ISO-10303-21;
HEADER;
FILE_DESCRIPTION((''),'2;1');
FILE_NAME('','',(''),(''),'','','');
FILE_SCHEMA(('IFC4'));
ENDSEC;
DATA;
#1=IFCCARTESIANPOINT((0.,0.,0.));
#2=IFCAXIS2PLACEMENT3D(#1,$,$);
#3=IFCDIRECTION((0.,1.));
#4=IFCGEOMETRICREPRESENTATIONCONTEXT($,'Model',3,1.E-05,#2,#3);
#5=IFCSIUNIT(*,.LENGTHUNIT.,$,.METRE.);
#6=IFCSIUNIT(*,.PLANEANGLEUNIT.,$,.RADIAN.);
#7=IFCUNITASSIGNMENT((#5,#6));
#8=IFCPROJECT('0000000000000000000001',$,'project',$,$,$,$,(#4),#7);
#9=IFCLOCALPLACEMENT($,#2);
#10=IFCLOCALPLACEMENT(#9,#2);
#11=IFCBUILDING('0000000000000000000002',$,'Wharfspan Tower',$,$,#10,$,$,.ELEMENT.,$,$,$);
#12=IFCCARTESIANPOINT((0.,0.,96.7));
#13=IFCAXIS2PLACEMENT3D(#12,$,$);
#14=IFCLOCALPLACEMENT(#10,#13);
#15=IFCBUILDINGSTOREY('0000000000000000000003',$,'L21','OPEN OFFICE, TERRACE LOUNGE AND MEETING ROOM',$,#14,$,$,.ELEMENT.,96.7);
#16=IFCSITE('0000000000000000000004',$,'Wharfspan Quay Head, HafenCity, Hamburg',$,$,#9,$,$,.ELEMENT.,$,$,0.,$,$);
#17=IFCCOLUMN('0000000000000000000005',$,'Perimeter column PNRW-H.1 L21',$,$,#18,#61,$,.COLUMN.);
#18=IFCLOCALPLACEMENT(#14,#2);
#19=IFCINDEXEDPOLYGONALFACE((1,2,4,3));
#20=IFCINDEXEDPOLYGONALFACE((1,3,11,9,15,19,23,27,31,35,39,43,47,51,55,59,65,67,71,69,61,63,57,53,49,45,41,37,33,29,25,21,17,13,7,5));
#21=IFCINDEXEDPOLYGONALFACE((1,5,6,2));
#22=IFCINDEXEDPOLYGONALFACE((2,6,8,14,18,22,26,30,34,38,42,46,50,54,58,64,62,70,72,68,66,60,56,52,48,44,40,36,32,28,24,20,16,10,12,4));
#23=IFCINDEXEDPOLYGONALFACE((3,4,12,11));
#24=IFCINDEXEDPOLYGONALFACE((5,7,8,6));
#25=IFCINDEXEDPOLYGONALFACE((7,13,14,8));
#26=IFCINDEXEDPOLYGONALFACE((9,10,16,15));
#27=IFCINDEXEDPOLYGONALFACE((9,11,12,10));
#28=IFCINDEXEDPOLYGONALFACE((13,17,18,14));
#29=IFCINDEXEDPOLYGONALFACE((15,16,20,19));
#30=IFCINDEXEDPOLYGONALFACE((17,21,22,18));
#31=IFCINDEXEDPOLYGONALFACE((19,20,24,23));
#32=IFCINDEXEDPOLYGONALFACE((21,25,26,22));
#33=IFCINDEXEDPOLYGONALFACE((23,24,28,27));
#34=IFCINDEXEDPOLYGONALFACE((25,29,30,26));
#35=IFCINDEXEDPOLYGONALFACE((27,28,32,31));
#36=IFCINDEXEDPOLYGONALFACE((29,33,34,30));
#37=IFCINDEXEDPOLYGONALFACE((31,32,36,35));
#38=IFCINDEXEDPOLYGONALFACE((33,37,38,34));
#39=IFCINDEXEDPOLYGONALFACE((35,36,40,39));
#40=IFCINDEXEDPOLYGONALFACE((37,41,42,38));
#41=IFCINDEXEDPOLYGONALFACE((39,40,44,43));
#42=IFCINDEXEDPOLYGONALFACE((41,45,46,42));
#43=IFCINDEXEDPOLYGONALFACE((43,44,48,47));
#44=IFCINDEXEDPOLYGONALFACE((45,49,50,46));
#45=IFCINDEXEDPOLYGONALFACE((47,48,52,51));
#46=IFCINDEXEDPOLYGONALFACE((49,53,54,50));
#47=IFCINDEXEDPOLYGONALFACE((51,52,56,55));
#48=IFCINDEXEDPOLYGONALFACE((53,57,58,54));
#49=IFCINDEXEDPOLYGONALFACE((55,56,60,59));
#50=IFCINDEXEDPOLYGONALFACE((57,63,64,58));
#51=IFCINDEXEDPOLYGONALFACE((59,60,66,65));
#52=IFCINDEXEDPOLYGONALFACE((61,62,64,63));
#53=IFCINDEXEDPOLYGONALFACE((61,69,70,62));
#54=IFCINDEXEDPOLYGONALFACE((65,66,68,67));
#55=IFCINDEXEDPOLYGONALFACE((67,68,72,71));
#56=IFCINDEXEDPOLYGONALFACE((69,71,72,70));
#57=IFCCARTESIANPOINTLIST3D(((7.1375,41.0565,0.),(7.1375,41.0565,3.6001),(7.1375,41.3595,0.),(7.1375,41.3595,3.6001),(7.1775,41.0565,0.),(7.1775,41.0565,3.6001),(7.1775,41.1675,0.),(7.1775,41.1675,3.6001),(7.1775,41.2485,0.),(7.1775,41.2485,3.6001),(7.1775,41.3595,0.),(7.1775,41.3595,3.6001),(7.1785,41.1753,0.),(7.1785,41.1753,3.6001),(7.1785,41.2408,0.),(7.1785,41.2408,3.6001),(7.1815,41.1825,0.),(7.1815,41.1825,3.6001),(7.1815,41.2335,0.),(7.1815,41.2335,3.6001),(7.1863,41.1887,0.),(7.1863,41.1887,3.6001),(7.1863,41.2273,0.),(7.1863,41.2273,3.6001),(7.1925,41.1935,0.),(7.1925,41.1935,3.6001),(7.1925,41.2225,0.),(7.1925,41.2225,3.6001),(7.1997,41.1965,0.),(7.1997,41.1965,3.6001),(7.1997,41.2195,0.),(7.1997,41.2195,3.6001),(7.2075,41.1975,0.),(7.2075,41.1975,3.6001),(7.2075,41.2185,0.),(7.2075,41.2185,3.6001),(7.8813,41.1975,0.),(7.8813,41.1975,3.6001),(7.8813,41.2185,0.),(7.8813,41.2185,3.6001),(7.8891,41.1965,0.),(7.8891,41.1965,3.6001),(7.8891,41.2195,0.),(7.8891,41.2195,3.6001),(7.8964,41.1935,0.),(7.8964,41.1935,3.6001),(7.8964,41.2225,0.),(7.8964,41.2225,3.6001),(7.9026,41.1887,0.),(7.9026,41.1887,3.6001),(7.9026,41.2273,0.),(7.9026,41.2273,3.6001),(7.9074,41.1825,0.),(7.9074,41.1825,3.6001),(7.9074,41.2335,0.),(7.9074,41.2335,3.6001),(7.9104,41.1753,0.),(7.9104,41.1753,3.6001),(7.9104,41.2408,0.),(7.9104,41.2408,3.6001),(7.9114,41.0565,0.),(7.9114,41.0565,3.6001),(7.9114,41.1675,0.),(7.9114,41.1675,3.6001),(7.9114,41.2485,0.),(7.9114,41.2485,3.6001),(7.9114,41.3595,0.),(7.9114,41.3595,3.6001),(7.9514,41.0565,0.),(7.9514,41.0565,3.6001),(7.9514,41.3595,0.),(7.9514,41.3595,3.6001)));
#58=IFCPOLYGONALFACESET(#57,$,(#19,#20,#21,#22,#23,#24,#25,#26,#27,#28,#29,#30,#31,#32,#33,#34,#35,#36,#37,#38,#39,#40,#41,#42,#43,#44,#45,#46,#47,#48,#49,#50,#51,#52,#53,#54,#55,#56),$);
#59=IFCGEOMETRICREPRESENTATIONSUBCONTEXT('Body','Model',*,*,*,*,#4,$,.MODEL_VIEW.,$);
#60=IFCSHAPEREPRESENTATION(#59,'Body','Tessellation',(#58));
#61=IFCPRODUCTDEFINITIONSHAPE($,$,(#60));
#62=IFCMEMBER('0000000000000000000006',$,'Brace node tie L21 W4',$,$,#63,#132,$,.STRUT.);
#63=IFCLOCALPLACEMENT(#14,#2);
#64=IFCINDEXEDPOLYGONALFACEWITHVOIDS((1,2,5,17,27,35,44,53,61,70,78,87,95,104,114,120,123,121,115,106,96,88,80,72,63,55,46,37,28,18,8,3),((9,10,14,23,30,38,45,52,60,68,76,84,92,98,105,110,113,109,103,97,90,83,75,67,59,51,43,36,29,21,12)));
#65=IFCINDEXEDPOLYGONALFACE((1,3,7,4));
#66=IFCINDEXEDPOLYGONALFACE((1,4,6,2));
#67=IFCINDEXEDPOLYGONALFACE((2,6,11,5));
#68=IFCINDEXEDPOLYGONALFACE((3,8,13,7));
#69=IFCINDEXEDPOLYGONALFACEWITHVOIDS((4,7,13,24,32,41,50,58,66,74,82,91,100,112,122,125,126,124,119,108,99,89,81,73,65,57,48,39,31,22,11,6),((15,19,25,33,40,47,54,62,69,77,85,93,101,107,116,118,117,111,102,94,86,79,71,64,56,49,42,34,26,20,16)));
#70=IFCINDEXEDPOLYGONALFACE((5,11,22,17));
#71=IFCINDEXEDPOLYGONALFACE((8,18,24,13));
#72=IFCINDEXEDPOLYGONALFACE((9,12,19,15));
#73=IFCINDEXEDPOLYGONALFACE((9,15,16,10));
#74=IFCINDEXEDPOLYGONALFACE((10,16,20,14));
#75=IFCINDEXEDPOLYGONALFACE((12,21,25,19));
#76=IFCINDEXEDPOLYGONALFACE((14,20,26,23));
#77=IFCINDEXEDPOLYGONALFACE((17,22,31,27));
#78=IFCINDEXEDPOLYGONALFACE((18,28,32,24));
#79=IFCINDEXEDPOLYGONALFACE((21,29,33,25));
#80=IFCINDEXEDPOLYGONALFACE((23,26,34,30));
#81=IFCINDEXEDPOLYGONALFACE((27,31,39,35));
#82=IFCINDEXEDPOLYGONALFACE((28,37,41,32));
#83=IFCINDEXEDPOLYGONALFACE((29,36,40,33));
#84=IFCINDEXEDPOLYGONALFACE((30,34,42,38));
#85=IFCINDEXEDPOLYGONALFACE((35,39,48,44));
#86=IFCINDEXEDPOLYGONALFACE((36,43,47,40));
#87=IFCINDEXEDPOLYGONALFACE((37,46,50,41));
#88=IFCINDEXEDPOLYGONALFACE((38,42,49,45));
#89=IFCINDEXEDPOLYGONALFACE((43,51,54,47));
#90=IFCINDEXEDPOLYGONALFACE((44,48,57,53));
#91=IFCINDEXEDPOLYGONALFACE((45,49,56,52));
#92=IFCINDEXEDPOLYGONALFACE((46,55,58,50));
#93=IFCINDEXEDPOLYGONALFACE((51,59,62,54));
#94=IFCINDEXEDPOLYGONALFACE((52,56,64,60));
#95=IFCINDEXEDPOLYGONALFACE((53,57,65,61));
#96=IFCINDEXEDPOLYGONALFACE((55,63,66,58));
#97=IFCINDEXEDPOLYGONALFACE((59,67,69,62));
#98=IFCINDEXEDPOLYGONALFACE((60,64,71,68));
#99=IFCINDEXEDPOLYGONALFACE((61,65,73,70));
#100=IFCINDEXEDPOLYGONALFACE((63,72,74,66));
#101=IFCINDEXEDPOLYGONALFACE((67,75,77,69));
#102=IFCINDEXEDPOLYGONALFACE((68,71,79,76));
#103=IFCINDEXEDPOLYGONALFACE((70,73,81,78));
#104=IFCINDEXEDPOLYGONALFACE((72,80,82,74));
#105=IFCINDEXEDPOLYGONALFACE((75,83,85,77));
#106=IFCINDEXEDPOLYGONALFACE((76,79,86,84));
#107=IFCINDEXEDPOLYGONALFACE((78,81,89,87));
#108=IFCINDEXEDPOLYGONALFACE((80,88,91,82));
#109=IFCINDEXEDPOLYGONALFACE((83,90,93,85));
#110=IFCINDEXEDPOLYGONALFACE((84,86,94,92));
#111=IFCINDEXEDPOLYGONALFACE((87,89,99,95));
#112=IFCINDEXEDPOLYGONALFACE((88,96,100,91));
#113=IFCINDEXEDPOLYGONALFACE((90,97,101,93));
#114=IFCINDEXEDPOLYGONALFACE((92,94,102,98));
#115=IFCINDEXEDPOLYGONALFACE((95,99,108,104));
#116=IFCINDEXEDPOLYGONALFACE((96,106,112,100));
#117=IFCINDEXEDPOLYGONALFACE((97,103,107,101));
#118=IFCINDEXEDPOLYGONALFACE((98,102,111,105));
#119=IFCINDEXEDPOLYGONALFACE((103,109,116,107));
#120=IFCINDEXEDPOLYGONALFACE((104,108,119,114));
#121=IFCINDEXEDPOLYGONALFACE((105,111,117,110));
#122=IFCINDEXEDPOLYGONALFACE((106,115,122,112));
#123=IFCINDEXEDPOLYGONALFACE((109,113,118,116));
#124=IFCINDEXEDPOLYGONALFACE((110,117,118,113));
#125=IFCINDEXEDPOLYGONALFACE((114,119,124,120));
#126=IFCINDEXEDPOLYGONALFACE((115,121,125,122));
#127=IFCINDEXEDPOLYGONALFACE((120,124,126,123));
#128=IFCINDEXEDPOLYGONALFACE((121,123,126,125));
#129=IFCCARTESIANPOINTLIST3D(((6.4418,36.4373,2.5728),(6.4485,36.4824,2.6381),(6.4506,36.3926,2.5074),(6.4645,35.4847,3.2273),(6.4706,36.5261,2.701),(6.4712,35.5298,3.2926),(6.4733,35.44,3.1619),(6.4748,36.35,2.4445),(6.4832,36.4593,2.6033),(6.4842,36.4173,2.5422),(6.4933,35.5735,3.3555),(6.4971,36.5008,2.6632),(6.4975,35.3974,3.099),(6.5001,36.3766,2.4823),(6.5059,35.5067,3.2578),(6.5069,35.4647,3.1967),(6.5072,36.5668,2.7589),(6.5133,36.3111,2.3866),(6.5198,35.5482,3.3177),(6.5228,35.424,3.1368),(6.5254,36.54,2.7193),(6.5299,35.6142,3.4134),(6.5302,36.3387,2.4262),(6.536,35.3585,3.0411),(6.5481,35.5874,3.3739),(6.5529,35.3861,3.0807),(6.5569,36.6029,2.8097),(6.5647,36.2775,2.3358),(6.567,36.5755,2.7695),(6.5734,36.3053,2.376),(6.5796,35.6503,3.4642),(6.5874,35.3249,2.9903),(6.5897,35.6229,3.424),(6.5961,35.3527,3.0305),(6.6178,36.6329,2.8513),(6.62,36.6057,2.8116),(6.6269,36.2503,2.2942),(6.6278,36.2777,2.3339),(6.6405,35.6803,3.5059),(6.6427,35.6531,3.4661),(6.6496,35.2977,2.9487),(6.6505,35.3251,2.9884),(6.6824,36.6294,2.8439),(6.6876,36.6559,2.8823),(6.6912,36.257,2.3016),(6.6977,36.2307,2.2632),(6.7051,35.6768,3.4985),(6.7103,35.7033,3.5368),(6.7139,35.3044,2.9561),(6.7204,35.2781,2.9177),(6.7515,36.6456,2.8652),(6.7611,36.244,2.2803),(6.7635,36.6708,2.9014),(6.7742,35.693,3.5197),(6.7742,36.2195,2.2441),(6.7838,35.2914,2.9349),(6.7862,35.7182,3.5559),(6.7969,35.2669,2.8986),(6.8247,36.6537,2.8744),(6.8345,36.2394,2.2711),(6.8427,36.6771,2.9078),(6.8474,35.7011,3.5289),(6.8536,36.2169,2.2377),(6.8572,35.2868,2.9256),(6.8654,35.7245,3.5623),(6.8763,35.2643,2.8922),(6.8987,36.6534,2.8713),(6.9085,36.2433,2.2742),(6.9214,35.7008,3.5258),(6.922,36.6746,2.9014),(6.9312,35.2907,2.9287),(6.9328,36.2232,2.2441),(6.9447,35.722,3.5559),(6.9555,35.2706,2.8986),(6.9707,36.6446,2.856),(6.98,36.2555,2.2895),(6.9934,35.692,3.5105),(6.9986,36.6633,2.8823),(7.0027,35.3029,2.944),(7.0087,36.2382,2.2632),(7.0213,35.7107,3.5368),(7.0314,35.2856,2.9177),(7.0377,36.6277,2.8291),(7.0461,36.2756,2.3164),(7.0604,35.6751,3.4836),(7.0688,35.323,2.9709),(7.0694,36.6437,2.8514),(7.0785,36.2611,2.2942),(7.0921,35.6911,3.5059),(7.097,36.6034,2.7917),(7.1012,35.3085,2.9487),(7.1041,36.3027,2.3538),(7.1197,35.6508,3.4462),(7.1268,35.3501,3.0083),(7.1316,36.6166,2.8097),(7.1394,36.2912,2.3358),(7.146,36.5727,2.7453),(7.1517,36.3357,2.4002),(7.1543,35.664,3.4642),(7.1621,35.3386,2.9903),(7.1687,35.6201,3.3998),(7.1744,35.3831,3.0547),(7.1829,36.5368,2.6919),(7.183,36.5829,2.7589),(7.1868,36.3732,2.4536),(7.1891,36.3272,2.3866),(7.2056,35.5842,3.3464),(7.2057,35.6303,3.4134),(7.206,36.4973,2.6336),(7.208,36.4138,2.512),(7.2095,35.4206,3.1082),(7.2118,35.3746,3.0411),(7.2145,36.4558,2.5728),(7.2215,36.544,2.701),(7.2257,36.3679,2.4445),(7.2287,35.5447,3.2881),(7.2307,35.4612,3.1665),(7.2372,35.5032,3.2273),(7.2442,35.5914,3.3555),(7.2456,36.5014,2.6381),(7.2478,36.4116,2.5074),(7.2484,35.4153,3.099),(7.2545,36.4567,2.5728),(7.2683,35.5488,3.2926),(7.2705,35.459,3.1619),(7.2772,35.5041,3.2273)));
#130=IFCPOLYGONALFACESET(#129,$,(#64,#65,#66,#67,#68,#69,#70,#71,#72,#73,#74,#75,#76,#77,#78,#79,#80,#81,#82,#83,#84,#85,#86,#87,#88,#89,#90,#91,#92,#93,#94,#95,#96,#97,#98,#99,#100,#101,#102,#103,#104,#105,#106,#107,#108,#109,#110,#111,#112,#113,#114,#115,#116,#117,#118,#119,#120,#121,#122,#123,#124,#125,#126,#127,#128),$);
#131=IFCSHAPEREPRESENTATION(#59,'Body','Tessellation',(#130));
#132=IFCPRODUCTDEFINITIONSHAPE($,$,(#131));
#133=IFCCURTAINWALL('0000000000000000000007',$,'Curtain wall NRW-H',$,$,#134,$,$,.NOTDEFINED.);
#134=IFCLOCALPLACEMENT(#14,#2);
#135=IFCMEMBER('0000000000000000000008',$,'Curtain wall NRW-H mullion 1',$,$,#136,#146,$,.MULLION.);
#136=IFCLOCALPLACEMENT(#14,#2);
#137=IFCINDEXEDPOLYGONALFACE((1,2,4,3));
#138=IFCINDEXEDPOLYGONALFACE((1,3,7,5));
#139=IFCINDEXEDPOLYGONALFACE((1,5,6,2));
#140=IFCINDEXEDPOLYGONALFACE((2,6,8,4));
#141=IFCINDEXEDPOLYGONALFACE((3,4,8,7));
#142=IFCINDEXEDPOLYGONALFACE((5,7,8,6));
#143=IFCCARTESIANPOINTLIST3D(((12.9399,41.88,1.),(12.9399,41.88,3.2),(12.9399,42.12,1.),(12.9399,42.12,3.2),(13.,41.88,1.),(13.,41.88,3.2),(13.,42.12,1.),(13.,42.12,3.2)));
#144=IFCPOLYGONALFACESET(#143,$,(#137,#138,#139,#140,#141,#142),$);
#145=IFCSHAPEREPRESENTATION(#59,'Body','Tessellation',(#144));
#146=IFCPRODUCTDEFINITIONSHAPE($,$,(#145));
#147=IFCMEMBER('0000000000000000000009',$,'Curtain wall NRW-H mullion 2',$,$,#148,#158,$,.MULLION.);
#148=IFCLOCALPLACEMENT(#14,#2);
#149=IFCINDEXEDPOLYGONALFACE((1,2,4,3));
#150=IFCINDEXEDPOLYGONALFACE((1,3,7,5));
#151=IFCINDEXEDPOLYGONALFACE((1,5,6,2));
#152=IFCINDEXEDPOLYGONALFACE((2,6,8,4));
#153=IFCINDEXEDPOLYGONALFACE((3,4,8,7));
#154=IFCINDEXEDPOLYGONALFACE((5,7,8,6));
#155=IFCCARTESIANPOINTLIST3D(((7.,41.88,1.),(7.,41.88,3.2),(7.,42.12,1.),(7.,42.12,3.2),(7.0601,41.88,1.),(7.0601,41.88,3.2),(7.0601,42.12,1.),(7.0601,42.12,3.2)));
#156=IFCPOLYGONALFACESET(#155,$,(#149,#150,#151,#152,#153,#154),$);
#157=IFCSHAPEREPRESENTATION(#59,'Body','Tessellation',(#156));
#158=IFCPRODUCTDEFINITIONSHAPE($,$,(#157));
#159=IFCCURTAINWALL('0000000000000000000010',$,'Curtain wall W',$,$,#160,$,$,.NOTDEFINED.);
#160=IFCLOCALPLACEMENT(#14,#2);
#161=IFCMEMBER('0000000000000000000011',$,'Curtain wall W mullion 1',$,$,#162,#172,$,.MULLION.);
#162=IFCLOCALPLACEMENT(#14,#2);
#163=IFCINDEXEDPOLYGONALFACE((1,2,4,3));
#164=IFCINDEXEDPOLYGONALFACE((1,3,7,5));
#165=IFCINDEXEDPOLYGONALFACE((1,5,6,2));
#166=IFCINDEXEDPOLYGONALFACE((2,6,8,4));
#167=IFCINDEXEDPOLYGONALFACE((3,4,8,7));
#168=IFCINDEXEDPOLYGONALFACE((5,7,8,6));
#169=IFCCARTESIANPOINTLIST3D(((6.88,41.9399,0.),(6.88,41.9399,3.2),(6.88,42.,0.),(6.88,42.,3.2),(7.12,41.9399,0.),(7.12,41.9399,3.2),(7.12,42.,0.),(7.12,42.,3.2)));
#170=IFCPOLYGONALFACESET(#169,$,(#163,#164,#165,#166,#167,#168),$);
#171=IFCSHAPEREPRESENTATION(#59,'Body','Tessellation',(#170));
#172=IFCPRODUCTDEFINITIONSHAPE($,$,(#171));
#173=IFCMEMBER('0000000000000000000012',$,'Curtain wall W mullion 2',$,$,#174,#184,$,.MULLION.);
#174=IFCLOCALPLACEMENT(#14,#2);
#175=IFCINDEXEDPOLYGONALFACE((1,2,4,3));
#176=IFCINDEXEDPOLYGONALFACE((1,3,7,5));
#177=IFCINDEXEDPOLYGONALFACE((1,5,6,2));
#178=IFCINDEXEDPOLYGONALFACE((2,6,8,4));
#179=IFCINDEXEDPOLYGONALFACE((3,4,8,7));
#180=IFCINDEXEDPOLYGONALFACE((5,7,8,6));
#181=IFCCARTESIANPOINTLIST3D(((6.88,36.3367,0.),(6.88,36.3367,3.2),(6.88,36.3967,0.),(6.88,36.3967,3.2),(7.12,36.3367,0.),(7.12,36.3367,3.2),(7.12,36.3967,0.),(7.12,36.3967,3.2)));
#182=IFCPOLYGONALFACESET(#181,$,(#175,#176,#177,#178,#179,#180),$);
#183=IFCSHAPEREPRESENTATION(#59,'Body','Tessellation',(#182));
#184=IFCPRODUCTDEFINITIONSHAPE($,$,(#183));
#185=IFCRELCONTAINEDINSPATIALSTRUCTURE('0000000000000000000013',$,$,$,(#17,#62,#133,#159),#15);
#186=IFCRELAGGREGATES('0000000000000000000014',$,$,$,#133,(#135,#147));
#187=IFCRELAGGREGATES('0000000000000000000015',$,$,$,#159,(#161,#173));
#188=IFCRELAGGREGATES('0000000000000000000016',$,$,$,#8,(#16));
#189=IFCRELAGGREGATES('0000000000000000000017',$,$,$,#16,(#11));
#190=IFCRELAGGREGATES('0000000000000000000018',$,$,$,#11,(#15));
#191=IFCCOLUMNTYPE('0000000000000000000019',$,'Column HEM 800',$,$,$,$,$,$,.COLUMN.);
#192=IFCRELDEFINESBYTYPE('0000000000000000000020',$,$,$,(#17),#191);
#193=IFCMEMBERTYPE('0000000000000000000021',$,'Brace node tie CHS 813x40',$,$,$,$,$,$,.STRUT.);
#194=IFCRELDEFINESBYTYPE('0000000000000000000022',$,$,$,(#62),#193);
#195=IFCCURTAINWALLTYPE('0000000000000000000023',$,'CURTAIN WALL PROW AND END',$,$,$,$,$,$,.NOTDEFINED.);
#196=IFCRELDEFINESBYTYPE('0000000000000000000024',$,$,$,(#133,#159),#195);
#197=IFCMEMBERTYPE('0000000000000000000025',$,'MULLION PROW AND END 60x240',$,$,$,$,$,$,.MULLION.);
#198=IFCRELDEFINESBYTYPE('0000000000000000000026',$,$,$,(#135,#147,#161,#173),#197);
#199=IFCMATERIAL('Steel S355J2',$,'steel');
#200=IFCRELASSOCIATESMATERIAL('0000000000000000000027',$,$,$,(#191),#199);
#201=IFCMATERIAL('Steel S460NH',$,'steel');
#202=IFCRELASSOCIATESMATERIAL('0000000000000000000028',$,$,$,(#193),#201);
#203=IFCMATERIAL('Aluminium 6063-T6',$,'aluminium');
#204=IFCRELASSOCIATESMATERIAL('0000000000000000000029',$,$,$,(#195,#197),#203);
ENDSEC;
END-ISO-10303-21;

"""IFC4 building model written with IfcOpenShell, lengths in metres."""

from ifc_helpers import new_model, si_unit, direction, frame, origin, origin_2d, place, context, subcontext, project, spatial, rectangle, hollow_circle, i_section, extrude, material, material_profile, profile_set, type_object, element, aggregate, save


model = new_model("IFC4")

# Units and contexts
model_context = context("Model", 3, precision=1e-05, world=origin(), true_north=direction((0.0, 1.0)))
body_context = subcontext(model_context, "Body", "Model", "MODEL_VIEW")
ifc_project = project(units=[si_unit("LENGTHUNIT", "METRE"), si_unit("PLANEANGLEUNIT", "RADIAN")], contexts=[model_context])

# Site, building, storey
site_placement = place(None, origin())
site = spatial("IfcSite", under=ifc_project, at=site_placement, Name="Wharfspan Quay Head, HafenCity, Hamburg", CompositionType="ELEMENT", RefElevation=0.0)
building_placement = place(site_placement, origin())
building = spatial("IfcBuilding", under=site, at=building_placement, Name="Wharfspan Tower", CompositionType="ELEMENT")
storey_placement = place(building_placement, frame((0.0, 0.0, 96.7)))
storey = spatial("IfcBuildingStorey", under=building, at=storey_placement, Name="L21", Description="OPEN OFFICE, TERRACE LOUNGE AND MEETING ROOM", CompositionType="ELEMENT", Elevation=96.7)

# Column
ifc_material_1 = material(Name="Steel S355J2", Category="steel")
ifc_material_profile_1 = material_profile(ifc_material_1, i_section(OverallWidth=0.303, OverallDepth=0.814, WebThickness=0.021, FlangeThickness=0.04, FilletRadius=0.03, at=origin_2d()))
ifc_profile_set_1 = profile_set([ifc_material_profile_1], Name="Steel S355J2")
column_type = type_object("IfcColumnType", Name="Column HEM 800", PredefinedType="COLUMN", material=ifc_profile_set_1)
column_placement = place(storey_placement, frame((7.5444, 41.208, 0.0), z_axis=(0.0, 0.0, 1.0), x_axis=(0.0, 1.0, 0.0)))
element("IfcColumn", 1, at=column_placement, inside=storey, type_object=column_type, Name="Perimeter column PNRW-H.1 L21", PredefinedType="COLUMN", context=body_context, shape_type="SweptSolid", body=[
    extrude(i_section(OverallWidth=0.303, OverallDepth=0.814, WebThickness=0.021, FlangeThickness=0.04, FilletRadius=0.03, at=origin_2d()), origin(), (0.0, 0.0, 1.0), 3.6001),
])

# Member
ifc_material_2 = material(Name="Steel S460NH", Category="steel")
ifc_material_profile_2 = material_profile(ifc_material_2, hollow_circle(Radius=0.4065, WallThickness=0.04, at=origin_2d()))
ifc_profile_set_2 = profile_set([ifc_material_profile_2], Name="Steel S460NH")
member_type_1 = type_object("IfcMemberType", Name="Brace node tie CHS 813x40", PredefinedType="STRUT", material=ifc_profile_set_2)
member_1_placement = place(storey_placement, frame((6.8481, 36.447, 2.5728), z_axis=(0.01964, -0.824043, 0.566186), x_axis=(0.999716, 0.023829, 0.000003)))
element("IfcMember", 2, at=member_1_placement, inside=storey, type_object=member_type_1, Name="Brace node tie L21 W4", PredefinedType="STRUT", context=body_context, shape_type="SweptSolid", body=[
    extrude(hollow_circle(Radius=0.4065, WallThickness=0.04, at=origin_2d()), origin(), (0.0, 0.0, 1.0), 1.156),
])

# Curtain walls, members
ifc_material_3 = material(Name="Aluminium 6063-T6", Category="aluminium")
curtain_wall_type = type_object("IfcCurtainWallType", Name="CURTAIN WALL PROW AND END", PredefinedType="NOTDEFINED", material=ifc_material_3)
curtain_wall_1_placement = place(storey_placement, origin())
curtain_wall_1 = element("IfcCurtainWall", 3, at=curtain_wall_1_placement, inside=storey, type_object=curtain_wall_type, Name="Curtain wall NRW-H", PredefinedType="NOTDEFINED")
ifc_material_profile_3 = material_profile(ifc_material_3, rectangle(XDim=0.24, YDim=0.0601, at=origin_2d()))
ifc_profile_set_3 = profile_set([ifc_material_profile_3], Name="Aluminium 6063-T6")
member_type_2 = type_object("IfcMemberType", Name="MULLION PROW AND END 60x240", PredefinedType="MULLION", material=ifc_profile_set_3)
member_2_placement = place(storey_placement, frame((12.97, 42.0, 1.0), z_axis=(0.0, 0.0, 1.0), x_axis=(0.0, -1.0, 0.0)))
member_2 = element("IfcMember", 4, at=member_2_placement, type_object=member_type_2, Name="Curtain wall NRW-H mullion 1", PredefinedType="MULLION", context=body_context, shape_type="SweptSolid", body=[
    extrude(rectangle(XDim=0.24, YDim=0.0601, at=origin_2d()), origin(), (0.0, 0.0, 1.0), 2.2),
])
member_3_placement = place(storey_placement, frame((7.03, 42.0, 1.0), z_axis=(0.0, 0.0, 1.0), x_axis=(0.0, -1.0, 0.0)))
member_3 = element("IfcMember", 5, at=member_3_placement, type_object=member_type_2, Name="Curtain wall NRW-H mullion 2", PredefinedType="MULLION", context=body_context, shape_type="SweptSolid", body=[
    extrude(rectangle(XDim=0.24, YDim=0.0601, at=origin_2d()), origin(), (0.0, 0.0, 1.0), 2.2),
])
curtain_wall_2_placement = place(storey_placement, origin())
curtain_wall_2 = element("IfcCurtainWall", 6, at=curtain_wall_2_placement, inside=storey, type_object=curtain_wall_type, Name="Curtain wall W", PredefinedType="NOTDEFINED")
member_4_placement = place(storey_placement, frame((7.0, 41.97, 0.0), z_axis=(0.0, 0.0, 1.0), x_axis=(1.0, 0.0, 0.0)))
member_4 = element("IfcMember", 7, at=member_4_placement, type_object=member_type_2, Name="Curtain wall W mullion 1", PredefinedType="MULLION", context=body_context, shape_type="SweptSolid", body=[
    extrude(rectangle(XDim=0.24, YDim=0.0601, at=origin_2d()), origin(), (0.0, 0.0, 1.0), 3.2),
])
member_5_placement = place(storey_placement, frame((7.0, 36.3667, 0.0), z_axis=(0.0, 0.0, 1.0), x_axis=(1.0, 0.0, 0.0)))
member_5 = element("IfcMember", 8, at=member_5_placement, type_object=member_type_2, Name="Curtain wall W mullion 2", PredefinedType="MULLION", context=body_context, shape_type="SweptSolid", body=[
    extrude(rectangle(XDim=0.24, YDim=0.0601, at=origin_2d()), origin(), (0.0, 0.0, 1.0), 3.2),
])

aggregate(curtain_wall_1, [member_2, member_3])
aggregate(curtain_wall_2, [member_4, member_5])

save(model, "model.ifc")
